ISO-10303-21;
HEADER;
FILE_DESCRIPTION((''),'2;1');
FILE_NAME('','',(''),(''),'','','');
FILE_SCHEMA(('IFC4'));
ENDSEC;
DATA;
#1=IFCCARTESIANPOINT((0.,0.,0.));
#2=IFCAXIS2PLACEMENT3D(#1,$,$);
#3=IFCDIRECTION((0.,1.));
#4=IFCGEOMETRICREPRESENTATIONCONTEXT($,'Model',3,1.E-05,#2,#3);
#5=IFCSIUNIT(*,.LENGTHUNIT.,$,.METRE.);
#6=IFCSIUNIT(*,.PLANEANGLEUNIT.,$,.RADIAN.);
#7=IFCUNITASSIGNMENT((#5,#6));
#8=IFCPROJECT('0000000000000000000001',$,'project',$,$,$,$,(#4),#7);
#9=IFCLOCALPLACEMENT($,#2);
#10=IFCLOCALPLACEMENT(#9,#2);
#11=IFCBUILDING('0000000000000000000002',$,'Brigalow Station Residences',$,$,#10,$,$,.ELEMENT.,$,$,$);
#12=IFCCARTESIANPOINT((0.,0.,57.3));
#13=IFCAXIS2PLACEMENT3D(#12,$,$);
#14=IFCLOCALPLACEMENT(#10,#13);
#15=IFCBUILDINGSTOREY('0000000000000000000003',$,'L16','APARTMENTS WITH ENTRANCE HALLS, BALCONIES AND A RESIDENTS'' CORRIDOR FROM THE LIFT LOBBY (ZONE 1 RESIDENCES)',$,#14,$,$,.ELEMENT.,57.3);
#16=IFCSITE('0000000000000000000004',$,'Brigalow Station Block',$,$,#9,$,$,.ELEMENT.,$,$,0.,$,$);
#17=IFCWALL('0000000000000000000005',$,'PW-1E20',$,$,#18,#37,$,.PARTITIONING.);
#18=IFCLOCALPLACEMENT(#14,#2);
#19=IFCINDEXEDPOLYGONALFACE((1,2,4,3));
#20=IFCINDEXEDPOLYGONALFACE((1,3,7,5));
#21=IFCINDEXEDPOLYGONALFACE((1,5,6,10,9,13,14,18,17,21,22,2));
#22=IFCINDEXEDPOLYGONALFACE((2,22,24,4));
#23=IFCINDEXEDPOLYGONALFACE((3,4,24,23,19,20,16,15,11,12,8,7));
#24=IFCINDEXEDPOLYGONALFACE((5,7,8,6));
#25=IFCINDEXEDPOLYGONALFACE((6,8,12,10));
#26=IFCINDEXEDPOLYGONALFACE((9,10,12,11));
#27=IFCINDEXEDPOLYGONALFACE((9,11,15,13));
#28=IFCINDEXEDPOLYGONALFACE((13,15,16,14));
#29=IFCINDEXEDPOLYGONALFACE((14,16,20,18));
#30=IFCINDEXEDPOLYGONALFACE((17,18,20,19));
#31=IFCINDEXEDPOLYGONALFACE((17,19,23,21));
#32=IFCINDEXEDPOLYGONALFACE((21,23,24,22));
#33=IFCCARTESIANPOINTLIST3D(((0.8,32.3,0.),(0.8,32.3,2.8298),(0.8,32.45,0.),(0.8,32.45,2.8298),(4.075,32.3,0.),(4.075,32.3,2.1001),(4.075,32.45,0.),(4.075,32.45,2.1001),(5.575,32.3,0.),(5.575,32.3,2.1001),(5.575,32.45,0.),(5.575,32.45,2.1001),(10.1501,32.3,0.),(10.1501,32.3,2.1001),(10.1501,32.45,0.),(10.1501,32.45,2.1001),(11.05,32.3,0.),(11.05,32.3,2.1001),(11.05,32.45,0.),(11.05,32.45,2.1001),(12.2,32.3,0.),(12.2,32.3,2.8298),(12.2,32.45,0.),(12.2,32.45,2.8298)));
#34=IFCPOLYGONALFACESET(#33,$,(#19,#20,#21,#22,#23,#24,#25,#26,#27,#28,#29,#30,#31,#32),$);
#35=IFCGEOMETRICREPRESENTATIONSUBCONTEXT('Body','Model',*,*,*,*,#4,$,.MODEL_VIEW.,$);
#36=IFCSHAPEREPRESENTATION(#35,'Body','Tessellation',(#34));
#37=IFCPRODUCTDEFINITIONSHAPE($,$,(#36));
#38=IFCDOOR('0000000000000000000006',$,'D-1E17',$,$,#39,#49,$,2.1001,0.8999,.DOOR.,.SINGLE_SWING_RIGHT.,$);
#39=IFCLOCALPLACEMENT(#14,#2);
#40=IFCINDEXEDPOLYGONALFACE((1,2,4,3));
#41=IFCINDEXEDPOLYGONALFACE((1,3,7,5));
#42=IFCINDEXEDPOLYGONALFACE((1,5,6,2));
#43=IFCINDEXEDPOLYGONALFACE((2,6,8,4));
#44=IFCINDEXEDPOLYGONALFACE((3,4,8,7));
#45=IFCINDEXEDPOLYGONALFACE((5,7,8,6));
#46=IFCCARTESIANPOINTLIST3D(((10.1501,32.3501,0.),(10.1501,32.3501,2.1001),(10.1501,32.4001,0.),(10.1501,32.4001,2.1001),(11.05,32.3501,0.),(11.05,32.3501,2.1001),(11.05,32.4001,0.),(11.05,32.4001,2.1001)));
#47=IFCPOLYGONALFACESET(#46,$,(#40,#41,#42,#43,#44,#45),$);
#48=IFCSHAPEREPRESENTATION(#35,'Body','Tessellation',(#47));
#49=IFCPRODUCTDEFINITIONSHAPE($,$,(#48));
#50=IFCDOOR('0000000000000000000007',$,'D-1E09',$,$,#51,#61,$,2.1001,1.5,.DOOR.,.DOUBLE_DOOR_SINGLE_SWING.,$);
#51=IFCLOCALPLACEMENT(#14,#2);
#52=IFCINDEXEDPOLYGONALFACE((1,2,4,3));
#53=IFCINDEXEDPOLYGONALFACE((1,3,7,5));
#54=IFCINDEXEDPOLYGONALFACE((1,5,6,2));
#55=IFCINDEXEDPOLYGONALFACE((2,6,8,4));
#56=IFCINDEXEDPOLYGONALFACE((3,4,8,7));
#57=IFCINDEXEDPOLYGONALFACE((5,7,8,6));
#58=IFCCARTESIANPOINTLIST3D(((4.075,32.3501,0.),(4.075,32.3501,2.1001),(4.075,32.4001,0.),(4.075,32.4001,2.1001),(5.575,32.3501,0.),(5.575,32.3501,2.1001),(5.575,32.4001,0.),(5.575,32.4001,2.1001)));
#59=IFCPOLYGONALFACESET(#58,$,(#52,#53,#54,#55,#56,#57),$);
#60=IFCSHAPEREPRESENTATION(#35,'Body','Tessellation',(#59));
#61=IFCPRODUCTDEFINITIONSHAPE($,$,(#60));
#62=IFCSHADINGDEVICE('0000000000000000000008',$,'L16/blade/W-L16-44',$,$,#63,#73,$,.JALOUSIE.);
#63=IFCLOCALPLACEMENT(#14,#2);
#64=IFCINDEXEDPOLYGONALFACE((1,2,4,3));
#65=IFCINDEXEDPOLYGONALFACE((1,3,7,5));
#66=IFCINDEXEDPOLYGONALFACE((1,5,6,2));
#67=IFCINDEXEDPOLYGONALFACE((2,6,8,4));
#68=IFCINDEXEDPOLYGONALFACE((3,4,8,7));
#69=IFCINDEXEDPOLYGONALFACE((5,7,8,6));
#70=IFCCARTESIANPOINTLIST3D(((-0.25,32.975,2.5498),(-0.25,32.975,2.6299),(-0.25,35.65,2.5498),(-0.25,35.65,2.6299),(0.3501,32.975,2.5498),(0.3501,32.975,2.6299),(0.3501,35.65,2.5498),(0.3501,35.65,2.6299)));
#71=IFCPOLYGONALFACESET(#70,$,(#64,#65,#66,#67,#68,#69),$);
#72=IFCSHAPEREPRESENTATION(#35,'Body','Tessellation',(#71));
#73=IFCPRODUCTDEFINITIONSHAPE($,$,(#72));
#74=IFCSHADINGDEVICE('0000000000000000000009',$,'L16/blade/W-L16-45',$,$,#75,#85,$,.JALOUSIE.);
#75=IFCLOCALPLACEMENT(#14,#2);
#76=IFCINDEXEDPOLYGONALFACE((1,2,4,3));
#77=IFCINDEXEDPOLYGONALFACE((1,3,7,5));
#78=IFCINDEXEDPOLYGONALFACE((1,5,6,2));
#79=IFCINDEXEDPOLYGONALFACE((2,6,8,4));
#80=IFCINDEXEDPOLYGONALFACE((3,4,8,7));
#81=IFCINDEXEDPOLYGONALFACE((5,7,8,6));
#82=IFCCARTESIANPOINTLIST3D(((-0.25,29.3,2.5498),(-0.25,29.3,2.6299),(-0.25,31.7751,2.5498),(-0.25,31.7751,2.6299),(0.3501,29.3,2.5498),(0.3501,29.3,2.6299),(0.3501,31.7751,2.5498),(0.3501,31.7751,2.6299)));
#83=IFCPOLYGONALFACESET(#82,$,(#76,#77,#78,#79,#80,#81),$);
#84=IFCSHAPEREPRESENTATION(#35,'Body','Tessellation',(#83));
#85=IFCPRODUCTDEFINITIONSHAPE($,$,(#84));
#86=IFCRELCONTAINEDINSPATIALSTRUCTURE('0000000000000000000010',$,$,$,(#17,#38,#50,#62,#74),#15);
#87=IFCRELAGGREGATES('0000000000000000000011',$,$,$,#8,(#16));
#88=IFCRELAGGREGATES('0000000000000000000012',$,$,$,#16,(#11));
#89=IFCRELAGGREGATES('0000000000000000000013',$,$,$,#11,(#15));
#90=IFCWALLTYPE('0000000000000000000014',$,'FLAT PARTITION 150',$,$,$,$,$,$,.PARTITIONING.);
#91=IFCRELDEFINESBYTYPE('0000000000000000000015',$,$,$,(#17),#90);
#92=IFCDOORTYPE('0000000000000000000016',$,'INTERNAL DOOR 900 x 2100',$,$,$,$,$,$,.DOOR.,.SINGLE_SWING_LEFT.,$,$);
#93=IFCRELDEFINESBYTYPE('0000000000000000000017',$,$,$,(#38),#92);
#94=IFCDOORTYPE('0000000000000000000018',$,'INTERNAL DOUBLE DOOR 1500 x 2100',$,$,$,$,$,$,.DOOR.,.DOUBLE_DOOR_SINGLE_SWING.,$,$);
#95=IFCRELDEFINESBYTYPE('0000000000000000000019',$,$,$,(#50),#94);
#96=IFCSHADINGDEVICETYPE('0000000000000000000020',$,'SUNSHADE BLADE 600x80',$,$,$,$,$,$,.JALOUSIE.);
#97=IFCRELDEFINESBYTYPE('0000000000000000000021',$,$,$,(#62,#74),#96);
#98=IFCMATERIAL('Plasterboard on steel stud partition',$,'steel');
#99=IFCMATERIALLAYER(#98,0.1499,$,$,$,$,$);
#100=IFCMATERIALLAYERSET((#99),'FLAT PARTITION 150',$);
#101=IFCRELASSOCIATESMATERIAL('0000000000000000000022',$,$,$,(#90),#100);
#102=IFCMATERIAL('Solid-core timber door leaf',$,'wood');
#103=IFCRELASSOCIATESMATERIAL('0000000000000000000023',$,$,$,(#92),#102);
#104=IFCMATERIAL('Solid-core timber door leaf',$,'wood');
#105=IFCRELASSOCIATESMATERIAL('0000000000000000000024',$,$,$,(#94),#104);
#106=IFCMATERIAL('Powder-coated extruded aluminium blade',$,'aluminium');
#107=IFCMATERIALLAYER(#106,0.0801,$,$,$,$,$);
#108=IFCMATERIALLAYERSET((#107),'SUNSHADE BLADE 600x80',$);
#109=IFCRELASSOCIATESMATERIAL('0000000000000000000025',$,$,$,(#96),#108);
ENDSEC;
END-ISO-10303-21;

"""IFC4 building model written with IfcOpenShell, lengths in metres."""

from ifc_helpers import new_model, si_unit, direction, frame, frame_2d, origin, origin_2d, place, context, subcontext, project, spatial, rectangle, extrude, material, layer, layer_set, type_object, element, fill, save


model = new_model("IFC4")

# Units and contexts
model_context = context("Model", 3, precision=1e-05, world=origin(), true_north=direction((0.0, 1.0)))
body_context = subcontext(model_context, "Body", "Model", "MODEL_VIEW")
ifc_project = project(units=[si_unit("LENGTHUNIT", "METRE"), si_unit("PLANEANGLEUNIT", "RADIAN")], contexts=[model_context])

# Site, building, storey
site_placement = place(None, origin())
site = spatial("IfcSite", under=ifc_project, at=site_placement, Name="Brigalow Station Block", CompositionType="ELEMENT", RefElevation=0.0)
building_placement = place(site_placement, origin())
building = spatial("IfcBuilding", under=site, at=building_placement, Name="Brigalow Station Residences", CompositionType="ELEMENT")
storey_placement = place(building_placement, frame((0.0, 0.0, 57.3)))
storey = spatial("IfcBuildingStorey", under=building, at=storey_placement, Name="L16", Description="APARTMENTS WITH ENTRANCE HALLS, BALCONIES AND A RESIDENTS' CORRIDOR FROM THE LIFT LOBBY (ZONE 1 RESIDENCES)", CompositionType="ELEMENT", Elevation=57.3)

# Wall, openings, doors
ifc_material_1 = material(Name="Plasterboard on steel stud partition", Category="steel")
ifc_layer_1 = layer(ifc_material_1, 0.1499)
ifc_layer_set_1 = layer_set([ifc_layer_1], Name="FLAT PARTITION 150")
wall_type_1 = type_object("IfcWallType", Name="FLAT PARTITION 150", PredefinedType="PARTITIONING", material=ifc_layer_set_1)
wall_1_placement = place(storey_placement, frame((0.8, 32.375, 0.0), z_axis=(0.0, 0.0, 1.0), x_axis=(1.0, 0.0, 0.0)))
wall_1 = element("IfcWall", 1, at=wall_1_placement, inside=storey, type_object=wall_type_1, Name="PW-1E20", PredefinedType="PARTITIONING", context=body_context, shape_type="SweptSolid", body=[
    extrude(rectangle(XDim=11.3999, YDim=0.1499, at=frame_2d((5.7, 0.0))), origin(), (0.0, 0.0, 1.0), 2.8298),
])
opening_1_placement = place(wall_1_placement, frame((3.2749, 0.0, 0.0)))
opening_1 = element("IfcOpeningElement", 2, at=opening_1_placement, cuts=wall_1, PredefinedType="OPENING", context=body_context, shape_type="SweptSolid", body=[
    extrude(rectangle(XDim=1.5, YDim=2.1001, at=frame_2d((0.75, 1.05))), frame((0.0, 0.085, 0.0), z_axis=(0.0, -1.0, 0.0), x_axis=(1.0, 0.0, 0.0)), (0.0, 0.0, 1.0), 0.1699),
])
opening_2_placement = place(wall_1_placement, frame((9.3501, 0.0, 0.0)))
opening_2 = element("IfcOpeningElement", 3, at=opening_2_placement, cuts=wall_1, PredefinedType="OPENING", context=body_context, shape_type="SweptSolid", body=[
    extrude(rectangle(XDim=0.8999, YDim=2.1001, at=frame_2d((0.45, 1.05))), frame((0.0, 0.085, 0.0), z_axis=(0.0, -1.0, 0.0), x_axis=(1.0, 0.0, 0.0)), (0.0, 0.0, 1.0), 0.1699),
])
ifc_material_2 = material(Name="Solid-core timber door leaf", Category="wood")
door_type_1 = type_object("IfcDoorType", Name="INTERNAL DOOR 900 x 2100", OperationType="SINGLE_SWING_LEFT", PredefinedType="DOOR", material=ifc_material_2)
door_1_placement = place(opening_2_placement, frame((0.8999, 0.0, 0.0), z_axis=(0.0, 0.0, 1.0), x_axis=(-1.0, 0.0, 0.0)))
door_1 = element("IfcDoor", 4, at=door_1_placement, inside=storey, type_object=door_type_1, Name="D-1E17", OperationType="SINGLE_SWING_RIGHT", OverallHeight=2.1001, OverallWidth=0.8999, PredefinedType="DOOR", context=body_context, shape_type="SweptSolid", body=[
    extrude(rectangle(XDim=0.8999, YDim=2.1001, at=frame_2d((0.45, 1.05))), frame((0.0, 0.0249, 0.0), z_axis=(0.0, -1.0, 0.0), x_axis=(1.0, 0.0, 0.0)), (0.0, 0.0, 1.0), 0.05),
])
fill(opening_2, door_1)
ifc_material_3 = material(Name="Solid-core timber door leaf", Category="wood")
door_type_2 = type_object("IfcDoorType", Name="INTERNAL DOUBLE DOOR 1500 x 2100", OperationType="DOUBLE_DOOR_SINGLE_SWING", PredefinedType="DOOR", material=ifc_material_3)
door_2_placement = place(opening_1_placement, frame((1.5, 0.0, 0.0), z_axis=(0.0, 0.0, 1.0), x_axis=(-1.0, 0.0, 0.0)))
door_2 = element("IfcDoor", 5, at=door_2_placement, inside=storey, type_object=door_type_2, Name="D-1E09", OperationType="DOUBLE_DOOR_SINGLE_SWING", OverallHeight=2.1001, OverallWidth=1.5, PredefinedType="DOOR", context=body_context, shape_type="SweptSolid", body=[
    extrude(rectangle(XDim=1.5, YDim=2.1001, at=frame_2d((0.75, 1.05))), frame((0.0, 0.0249, 0.0), z_axis=(0.0, -1.0, 0.0), x_axis=(1.0, 0.0, 0.0)), (0.0, 0.0, 1.0), 0.05),
])
fill(opening_1, door_2)

# Shading devices
ifc_material_4 = material(Name="Powder-coated extruded aluminium blade", Category="aluminium")
ifc_layer_2 = layer(ifc_material_4, 0.0801)
ifc_layer_set_2 = layer_set([ifc_layer_2], Name="SUNSHADE BLADE 600x80")
shading_device_type = type_object("IfcShadingDeviceType", Name="SUNSHADE BLADE 600x80", PredefinedType="JALOUSIE", material=ifc_layer_set_2)
shading_device_1_placement = place(storey_placement, frame((0.05, 34.3125, 2.5498), z_axis=(0.0, 0.0, 1.0), x_axis=(0.0, -1.0, 0.0)))
element("IfcShadingDevice", 6, at=shading_device_1_placement, inside=storey, type_object=shading_device_type, Name="L16/blade/W-L16-44", PredefinedType="JALOUSIE", context=body_context, shape_type="SweptSolid", body=[
    extrude(rectangle(XDim=2.675, YDim=0.6001, at=origin_2d()), origin(), (0.0, 0.0, 1.0), 0.0801),
])
shading_device_2_placement = place(storey_placement, frame((0.05, 30.5376, 2.5498), z_axis=(0.0, 0.0, 1.0), x_axis=(0.0, -1.0, 0.0)))
element("IfcShadingDevice", 7, at=shading_device_2_placement, inside=storey, type_object=shading_device_type, Name="L16/blade/W-L16-45", PredefinedType="JALOUSIE", context=body_context, shape_type="SweptSolid", body=[
    extrude(rectangle(XDim=2.4751, YDim=0.6001, at=origin_2d()), origin(), (0.0, 0.0, 1.0), 0.0801),
])

save(model, "model.ifc")
